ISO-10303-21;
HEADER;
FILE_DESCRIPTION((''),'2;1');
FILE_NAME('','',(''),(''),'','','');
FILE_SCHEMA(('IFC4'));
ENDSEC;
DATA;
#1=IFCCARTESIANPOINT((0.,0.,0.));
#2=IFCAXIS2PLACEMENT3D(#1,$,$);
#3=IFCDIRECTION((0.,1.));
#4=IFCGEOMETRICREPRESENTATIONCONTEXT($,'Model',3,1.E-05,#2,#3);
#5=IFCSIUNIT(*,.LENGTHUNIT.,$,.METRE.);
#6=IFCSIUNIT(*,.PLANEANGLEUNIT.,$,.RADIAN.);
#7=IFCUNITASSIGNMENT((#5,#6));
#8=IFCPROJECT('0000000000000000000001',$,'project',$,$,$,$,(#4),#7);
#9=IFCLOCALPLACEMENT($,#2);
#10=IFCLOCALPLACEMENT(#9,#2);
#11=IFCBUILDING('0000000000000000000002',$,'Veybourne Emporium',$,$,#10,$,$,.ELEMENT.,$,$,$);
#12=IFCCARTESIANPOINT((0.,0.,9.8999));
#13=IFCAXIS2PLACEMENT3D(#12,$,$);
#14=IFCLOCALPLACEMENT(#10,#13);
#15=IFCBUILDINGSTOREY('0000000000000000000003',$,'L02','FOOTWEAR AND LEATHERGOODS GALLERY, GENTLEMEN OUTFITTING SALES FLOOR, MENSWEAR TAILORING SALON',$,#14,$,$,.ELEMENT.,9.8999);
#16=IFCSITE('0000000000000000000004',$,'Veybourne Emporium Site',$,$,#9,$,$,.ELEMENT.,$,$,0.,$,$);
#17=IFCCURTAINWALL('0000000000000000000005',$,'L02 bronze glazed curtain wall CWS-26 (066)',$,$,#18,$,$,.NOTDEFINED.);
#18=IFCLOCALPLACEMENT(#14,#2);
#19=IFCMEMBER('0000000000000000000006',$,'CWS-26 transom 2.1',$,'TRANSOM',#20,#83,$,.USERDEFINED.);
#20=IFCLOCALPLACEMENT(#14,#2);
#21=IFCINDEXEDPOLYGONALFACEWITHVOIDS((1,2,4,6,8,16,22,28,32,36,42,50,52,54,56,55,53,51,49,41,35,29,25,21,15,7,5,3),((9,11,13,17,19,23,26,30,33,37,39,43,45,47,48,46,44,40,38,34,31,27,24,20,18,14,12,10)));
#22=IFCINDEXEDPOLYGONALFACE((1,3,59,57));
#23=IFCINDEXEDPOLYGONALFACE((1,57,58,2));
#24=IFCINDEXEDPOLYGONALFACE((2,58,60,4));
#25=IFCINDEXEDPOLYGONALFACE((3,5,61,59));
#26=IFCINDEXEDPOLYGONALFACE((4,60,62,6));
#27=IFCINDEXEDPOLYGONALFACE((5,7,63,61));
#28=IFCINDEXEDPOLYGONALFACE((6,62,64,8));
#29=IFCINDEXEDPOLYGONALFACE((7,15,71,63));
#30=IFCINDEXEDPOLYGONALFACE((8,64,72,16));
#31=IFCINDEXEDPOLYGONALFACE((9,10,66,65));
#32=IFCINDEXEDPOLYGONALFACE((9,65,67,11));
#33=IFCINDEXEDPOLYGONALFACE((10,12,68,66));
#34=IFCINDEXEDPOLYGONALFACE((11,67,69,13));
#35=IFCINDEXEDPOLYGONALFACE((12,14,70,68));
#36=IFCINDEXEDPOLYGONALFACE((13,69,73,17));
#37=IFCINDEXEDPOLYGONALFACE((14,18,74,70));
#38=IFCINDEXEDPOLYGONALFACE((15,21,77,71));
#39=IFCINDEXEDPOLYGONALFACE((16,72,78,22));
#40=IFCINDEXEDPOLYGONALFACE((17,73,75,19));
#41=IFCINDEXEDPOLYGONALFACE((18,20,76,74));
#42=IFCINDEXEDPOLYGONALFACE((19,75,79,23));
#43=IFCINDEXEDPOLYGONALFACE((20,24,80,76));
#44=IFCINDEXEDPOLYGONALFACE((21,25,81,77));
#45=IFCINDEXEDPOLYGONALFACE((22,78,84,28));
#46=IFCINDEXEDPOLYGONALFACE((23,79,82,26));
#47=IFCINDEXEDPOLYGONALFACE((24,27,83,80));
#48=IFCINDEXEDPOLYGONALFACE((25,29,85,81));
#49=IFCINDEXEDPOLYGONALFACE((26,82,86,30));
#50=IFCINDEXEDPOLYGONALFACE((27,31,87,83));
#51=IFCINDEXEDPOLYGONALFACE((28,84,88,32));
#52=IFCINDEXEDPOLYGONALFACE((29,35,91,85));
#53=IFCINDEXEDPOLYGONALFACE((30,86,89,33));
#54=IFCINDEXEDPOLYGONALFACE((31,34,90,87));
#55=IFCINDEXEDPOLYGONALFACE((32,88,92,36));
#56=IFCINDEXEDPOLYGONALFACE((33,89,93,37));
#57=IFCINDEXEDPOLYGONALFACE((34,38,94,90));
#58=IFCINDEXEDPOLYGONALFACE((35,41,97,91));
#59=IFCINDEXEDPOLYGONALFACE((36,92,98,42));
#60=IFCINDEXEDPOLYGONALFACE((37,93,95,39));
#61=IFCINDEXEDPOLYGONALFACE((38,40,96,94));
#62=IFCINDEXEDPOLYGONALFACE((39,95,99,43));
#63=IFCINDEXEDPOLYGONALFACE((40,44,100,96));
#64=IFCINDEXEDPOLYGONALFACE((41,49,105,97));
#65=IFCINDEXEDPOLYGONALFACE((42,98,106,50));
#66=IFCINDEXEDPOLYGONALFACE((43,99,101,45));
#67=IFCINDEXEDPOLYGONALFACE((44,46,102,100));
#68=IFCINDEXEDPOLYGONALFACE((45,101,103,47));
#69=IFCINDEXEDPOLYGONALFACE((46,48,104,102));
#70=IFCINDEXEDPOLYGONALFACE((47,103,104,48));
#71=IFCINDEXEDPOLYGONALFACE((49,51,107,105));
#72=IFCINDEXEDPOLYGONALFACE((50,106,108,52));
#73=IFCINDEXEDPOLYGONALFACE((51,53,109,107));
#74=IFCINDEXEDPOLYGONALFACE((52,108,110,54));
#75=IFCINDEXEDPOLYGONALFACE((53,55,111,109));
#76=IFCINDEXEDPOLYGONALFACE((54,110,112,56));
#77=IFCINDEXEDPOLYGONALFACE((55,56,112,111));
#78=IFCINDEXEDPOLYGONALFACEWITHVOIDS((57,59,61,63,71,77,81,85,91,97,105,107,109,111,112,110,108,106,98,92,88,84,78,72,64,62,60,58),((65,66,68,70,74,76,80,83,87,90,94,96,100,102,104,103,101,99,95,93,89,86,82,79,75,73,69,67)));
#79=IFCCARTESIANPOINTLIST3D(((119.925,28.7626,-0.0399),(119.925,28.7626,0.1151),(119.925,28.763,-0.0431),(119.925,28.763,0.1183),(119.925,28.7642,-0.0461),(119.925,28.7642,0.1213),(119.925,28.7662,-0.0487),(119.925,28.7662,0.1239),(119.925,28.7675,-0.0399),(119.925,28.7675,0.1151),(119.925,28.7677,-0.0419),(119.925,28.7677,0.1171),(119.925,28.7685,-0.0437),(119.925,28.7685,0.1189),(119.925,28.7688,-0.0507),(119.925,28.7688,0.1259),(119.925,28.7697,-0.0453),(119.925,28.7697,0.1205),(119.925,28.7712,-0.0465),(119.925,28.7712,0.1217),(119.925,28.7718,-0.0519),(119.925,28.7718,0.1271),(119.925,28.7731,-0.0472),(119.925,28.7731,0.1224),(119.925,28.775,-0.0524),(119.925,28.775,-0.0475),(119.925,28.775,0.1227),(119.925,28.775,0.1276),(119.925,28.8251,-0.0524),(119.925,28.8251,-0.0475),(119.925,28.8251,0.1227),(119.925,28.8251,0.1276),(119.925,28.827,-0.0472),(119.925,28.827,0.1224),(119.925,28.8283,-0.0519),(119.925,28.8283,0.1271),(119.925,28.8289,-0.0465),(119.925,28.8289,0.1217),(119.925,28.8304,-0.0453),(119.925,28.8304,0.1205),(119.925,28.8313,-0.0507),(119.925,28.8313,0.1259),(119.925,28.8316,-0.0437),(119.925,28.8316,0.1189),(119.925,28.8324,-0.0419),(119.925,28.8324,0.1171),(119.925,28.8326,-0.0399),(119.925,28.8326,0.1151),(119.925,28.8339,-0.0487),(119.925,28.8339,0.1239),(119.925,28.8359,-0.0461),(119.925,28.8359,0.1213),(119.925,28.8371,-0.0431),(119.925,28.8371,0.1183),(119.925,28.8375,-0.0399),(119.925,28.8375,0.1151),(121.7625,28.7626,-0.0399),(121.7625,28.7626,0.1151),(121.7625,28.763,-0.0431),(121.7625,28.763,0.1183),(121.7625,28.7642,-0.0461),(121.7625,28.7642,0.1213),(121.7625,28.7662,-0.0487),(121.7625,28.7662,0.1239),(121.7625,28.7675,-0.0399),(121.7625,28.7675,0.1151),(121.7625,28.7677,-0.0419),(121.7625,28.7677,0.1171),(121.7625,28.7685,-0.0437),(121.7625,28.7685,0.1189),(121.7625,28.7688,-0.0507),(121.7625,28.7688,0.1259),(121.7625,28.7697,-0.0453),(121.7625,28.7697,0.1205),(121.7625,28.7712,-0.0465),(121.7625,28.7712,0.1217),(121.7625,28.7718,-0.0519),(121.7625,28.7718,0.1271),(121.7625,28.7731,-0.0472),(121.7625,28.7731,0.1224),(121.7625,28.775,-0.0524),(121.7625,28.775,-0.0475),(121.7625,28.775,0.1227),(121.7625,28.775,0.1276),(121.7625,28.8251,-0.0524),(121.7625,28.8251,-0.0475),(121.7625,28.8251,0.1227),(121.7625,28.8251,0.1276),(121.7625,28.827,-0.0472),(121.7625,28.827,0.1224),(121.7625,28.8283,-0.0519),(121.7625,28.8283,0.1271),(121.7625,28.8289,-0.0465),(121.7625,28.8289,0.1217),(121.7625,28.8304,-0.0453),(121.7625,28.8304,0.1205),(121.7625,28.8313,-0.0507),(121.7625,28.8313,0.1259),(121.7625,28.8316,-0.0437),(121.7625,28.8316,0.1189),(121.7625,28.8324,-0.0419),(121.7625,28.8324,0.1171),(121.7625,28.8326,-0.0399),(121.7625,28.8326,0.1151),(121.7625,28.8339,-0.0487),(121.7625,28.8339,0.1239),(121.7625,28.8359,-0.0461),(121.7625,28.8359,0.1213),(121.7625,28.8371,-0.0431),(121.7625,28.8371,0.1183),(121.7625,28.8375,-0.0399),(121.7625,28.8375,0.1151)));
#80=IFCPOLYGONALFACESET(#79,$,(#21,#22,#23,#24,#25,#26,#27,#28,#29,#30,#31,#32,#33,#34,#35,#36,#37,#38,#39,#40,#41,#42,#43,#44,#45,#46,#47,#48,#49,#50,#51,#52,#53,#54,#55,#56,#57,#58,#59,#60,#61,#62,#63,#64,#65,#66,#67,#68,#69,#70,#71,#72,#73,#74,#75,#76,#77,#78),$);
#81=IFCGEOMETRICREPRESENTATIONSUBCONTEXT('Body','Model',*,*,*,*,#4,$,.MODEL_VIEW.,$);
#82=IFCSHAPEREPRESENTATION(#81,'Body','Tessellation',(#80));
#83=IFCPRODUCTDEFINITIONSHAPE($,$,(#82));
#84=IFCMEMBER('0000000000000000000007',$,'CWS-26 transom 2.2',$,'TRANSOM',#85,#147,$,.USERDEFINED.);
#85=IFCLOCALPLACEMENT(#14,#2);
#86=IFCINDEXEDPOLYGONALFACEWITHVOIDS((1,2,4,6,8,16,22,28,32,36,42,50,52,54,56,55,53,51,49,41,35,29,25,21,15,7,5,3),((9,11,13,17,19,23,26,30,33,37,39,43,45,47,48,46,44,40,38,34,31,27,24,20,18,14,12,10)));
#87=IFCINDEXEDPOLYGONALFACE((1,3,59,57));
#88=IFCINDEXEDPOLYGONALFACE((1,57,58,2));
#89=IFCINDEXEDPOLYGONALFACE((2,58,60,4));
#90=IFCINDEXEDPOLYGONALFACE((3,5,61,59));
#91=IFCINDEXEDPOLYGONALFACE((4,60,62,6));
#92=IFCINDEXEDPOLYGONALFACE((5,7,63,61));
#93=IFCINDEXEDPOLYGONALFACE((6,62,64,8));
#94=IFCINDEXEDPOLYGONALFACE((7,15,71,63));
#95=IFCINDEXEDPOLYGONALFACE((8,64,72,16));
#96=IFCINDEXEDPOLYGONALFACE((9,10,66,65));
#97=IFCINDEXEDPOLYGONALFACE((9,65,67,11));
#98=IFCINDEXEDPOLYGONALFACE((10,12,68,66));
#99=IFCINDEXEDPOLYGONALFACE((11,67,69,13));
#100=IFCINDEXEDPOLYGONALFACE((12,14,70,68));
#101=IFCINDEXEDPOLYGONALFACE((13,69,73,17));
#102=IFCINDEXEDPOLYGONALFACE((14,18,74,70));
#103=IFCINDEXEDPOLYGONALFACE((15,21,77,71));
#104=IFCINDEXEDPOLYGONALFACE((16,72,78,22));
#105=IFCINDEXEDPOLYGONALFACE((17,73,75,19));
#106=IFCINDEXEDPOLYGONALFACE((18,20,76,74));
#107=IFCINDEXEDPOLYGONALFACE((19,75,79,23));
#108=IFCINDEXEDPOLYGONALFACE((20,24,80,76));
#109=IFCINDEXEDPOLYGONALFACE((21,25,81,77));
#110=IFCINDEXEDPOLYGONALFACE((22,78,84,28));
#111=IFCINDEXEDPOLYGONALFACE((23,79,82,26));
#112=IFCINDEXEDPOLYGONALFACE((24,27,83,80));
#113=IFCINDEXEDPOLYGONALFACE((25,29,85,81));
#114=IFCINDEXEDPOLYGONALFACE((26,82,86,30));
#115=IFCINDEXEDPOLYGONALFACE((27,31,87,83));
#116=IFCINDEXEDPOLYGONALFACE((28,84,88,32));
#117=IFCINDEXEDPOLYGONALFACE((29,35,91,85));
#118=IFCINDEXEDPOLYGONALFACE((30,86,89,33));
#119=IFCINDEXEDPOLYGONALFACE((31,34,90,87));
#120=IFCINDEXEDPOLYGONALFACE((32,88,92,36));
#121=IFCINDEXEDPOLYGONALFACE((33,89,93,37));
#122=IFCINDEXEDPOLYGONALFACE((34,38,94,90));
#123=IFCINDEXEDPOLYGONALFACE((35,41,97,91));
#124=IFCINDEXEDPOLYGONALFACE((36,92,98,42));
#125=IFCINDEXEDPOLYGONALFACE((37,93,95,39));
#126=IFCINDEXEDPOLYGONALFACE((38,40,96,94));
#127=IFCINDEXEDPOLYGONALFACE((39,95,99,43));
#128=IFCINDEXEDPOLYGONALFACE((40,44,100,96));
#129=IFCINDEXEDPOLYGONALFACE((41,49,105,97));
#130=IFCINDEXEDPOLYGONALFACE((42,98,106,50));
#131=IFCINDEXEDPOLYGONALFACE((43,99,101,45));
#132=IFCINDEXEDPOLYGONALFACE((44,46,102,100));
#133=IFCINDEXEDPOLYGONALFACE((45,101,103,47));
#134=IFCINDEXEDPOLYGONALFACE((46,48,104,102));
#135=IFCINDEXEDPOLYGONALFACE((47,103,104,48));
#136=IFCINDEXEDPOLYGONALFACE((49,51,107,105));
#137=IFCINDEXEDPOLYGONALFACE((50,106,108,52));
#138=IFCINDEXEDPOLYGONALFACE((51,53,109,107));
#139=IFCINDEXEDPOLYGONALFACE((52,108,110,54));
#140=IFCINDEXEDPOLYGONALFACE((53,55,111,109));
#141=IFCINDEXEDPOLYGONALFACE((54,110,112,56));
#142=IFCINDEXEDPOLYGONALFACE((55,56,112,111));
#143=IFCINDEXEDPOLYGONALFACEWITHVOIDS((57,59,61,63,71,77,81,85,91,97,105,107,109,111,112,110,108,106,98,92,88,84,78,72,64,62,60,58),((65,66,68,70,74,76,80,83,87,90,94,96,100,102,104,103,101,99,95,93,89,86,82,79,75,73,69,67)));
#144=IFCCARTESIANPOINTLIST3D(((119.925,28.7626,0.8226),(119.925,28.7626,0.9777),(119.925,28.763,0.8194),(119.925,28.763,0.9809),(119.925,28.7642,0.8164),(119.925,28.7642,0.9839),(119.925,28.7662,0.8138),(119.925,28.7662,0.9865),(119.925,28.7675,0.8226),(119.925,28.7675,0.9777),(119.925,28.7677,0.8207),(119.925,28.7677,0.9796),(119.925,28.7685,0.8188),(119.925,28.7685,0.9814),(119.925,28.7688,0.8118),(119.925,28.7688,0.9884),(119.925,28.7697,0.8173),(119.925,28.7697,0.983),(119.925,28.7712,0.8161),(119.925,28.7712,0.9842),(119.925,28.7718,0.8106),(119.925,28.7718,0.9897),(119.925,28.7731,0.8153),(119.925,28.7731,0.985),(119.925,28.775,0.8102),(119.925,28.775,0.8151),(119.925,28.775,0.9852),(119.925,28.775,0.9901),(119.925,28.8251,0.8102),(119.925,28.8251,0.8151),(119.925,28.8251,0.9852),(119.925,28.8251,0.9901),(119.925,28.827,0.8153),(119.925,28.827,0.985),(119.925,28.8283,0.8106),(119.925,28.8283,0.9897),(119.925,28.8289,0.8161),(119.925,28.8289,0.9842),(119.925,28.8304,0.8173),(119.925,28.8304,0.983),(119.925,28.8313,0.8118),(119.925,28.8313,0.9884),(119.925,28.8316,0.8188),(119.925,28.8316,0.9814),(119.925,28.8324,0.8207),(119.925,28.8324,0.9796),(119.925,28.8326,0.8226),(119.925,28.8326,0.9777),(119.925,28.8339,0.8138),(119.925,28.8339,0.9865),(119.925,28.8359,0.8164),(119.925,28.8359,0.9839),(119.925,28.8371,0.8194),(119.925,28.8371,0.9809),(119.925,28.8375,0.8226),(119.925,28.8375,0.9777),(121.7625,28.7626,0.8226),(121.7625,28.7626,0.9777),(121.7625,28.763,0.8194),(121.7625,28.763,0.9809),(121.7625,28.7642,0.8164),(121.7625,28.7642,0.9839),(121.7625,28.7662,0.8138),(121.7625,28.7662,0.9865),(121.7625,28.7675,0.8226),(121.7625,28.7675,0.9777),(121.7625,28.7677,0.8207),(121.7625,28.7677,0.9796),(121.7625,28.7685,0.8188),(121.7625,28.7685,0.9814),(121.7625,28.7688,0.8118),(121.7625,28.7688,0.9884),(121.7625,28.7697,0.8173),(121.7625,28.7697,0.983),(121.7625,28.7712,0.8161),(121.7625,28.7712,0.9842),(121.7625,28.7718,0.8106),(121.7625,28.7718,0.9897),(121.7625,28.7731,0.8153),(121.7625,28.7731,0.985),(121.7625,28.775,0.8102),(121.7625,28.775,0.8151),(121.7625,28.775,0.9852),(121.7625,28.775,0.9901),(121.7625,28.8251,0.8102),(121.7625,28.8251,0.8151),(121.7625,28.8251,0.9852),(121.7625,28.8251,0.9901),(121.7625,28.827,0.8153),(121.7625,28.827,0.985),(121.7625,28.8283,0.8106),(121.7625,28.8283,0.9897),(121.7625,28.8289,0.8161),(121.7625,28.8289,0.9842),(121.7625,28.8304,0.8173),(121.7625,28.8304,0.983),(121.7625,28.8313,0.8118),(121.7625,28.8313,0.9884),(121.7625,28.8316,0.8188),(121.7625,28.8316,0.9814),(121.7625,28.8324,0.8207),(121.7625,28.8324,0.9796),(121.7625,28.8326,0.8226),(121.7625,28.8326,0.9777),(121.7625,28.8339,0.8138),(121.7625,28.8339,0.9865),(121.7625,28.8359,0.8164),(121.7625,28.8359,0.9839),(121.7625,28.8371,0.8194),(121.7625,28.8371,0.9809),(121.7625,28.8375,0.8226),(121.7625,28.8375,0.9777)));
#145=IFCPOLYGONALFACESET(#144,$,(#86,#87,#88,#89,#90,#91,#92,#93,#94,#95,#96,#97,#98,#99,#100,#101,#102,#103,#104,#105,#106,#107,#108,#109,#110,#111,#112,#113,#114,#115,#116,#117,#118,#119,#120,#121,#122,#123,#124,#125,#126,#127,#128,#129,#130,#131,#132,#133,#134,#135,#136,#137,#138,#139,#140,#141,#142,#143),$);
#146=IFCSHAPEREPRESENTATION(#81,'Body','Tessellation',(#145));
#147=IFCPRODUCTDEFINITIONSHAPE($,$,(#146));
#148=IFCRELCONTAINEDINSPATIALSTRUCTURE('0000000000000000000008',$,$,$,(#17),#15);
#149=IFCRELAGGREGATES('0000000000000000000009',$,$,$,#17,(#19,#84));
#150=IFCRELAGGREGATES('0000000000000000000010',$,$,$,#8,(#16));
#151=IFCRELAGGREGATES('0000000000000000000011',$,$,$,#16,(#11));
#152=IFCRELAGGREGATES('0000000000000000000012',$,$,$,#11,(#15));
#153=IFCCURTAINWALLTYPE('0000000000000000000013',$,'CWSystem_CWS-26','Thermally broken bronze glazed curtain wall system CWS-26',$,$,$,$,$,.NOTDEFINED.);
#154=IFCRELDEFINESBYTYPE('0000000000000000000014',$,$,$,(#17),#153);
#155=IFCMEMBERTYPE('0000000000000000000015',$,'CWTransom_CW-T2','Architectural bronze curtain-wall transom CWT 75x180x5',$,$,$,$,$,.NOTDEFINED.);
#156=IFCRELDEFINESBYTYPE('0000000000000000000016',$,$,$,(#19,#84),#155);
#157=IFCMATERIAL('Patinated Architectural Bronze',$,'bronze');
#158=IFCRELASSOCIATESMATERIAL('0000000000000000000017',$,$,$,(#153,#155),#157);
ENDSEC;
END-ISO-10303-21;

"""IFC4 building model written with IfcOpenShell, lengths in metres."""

from ifc_helpers import new_model, si_unit, direction, frame, origin, origin_2d, place, context, subcontext, project, spatial, hollow_rectangle, extrude, material, material_profile, profile_set, type_object, element, aggregate, save


model = new_model("IFC4")

# Units and contexts
model_context = context("Model", 3, precision=1e-05, world=origin(), true_north=direction((0.0, 1.0)))
body_context = subcontext(model_context, "Body", "Model", "MODEL_VIEW")
ifc_project = project(units=[si_unit("LENGTHUNIT", "METRE"), si_unit("PLANEANGLEUNIT", "RADIAN")], contexts=[model_context])

# Site, building, storey
site_placement = place(None, origin())
site = spatial("IfcSite", under=ifc_project, at=site_placement, Name="Veybourne Emporium Site", CompositionType="ELEMENT", RefElevation=0.0)
building_placement = place(site_placement, origin())
building = spatial("IfcBuilding", under=site, at=building_placement, Name="Veybourne Emporium", CompositionType="ELEMENT")
storey_placement = place(building_placement, frame((0.0, 0.0, 9.8999)))
storey = spatial("IfcBuildingStorey", under=building, at=storey_placement, Name="L02", Description="FOOTWEAR AND LEATHERGOODS GALLERY, GENTLEMEN OUTFITTING SALES FLOOR, MENSWEAR TAILORING SALON", CompositionType="ELEMENT", Elevation=9.8999)

# Curtain wall, members
ifc_material_1 = material(Name="Patinated Architectural Bronze", Category="bronze")
curtain_wall_type = type_object("IfcCurtainWallType", Name="CWSystem_CWS-26", Description="Thermally broken bronze glazed curtain wall system CWS-26", PredefinedType="NOTDEFINED", material=ifc_material_1)
curtain_wall_placement = place(storey_placement, origin())
curtain_wall = element("IfcCurtainWall", 1, at=curtain_wall_placement, inside=storey, type_object=curtain_wall_type, Name="L02 bronze glazed curtain wall CWS-26 (066)", PredefinedType="NOTDEFINED")
ifc_material_profile_1 = material_profile(ifc_material_1, hollow_rectangle(XDim=0.075, YDim=0.1799, WallThickness=0.0049, InnerFilletRadius=0.0076, OuterFilletRadius=0.0125, at=origin_2d()), Name="CWT 75x180x5")
ifc_profile_set_1 = profile_set([ifc_material_profile_1], Name="Patinated Architectural Bronze")
member_type_1 = type_object("IfcMemberType", Name="CWTransom_CW-T2", Description="Architectural bronze curtain-wall transom CWT 75x180x5", PredefinedType="NOTDEFINED", material=ifc_profile_set_1)
member_1_placement = place(storey_placement, frame((119.925, 28.8, 0.0376), z_axis=(1.0, 0.0, 0.0), x_axis=(0.0, 1.0, 0.0)))
member_1 = element("IfcMember", 2, at=member_1_placement, type_object=member_type_1, Name="CWS-26 transom 2.1", ObjectType="TRANSOM", PredefinedType="USERDEFINED", context=body_context, shape_type="SweptSolid", body=[
    extrude(hollow_rectangle(XDim=0.075, YDim=0.1799, WallThickness=0.0049, InnerFilletRadius=0.0076, OuterFilletRadius=0.0125, at=origin_2d()), origin(), (0.0, 0.0, 1.0), 1.8374),
])
member_2_placement = place(storey_placement, frame((119.925, 28.8, 0.9001), z_axis=(1.0, 0.0, 0.0), x_axis=(0.0, 1.0, 0.0)))
member_2 = element("IfcMember", 3, at=member_2_placement, type_object=member_type_1, Name="CWS-26 transom 2.2", ObjectType="TRANSOM", PredefinedType="USERDEFINED", context=body_context, shape_type="SweptSolid", body=[
    extrude(hollow_rectangle(XDim=0.075, YDim=0.1799, WallThickness=0.0049, InnerFilletRadius=0.0076, OuterFilletRadius=0.0125, at=origin_2d()), origin(), (0.0, 0.0, 1.0), 1.8374),
])
aggregate(curtain_wall, [member_1, member_2])

save(model, "model.ifc")
